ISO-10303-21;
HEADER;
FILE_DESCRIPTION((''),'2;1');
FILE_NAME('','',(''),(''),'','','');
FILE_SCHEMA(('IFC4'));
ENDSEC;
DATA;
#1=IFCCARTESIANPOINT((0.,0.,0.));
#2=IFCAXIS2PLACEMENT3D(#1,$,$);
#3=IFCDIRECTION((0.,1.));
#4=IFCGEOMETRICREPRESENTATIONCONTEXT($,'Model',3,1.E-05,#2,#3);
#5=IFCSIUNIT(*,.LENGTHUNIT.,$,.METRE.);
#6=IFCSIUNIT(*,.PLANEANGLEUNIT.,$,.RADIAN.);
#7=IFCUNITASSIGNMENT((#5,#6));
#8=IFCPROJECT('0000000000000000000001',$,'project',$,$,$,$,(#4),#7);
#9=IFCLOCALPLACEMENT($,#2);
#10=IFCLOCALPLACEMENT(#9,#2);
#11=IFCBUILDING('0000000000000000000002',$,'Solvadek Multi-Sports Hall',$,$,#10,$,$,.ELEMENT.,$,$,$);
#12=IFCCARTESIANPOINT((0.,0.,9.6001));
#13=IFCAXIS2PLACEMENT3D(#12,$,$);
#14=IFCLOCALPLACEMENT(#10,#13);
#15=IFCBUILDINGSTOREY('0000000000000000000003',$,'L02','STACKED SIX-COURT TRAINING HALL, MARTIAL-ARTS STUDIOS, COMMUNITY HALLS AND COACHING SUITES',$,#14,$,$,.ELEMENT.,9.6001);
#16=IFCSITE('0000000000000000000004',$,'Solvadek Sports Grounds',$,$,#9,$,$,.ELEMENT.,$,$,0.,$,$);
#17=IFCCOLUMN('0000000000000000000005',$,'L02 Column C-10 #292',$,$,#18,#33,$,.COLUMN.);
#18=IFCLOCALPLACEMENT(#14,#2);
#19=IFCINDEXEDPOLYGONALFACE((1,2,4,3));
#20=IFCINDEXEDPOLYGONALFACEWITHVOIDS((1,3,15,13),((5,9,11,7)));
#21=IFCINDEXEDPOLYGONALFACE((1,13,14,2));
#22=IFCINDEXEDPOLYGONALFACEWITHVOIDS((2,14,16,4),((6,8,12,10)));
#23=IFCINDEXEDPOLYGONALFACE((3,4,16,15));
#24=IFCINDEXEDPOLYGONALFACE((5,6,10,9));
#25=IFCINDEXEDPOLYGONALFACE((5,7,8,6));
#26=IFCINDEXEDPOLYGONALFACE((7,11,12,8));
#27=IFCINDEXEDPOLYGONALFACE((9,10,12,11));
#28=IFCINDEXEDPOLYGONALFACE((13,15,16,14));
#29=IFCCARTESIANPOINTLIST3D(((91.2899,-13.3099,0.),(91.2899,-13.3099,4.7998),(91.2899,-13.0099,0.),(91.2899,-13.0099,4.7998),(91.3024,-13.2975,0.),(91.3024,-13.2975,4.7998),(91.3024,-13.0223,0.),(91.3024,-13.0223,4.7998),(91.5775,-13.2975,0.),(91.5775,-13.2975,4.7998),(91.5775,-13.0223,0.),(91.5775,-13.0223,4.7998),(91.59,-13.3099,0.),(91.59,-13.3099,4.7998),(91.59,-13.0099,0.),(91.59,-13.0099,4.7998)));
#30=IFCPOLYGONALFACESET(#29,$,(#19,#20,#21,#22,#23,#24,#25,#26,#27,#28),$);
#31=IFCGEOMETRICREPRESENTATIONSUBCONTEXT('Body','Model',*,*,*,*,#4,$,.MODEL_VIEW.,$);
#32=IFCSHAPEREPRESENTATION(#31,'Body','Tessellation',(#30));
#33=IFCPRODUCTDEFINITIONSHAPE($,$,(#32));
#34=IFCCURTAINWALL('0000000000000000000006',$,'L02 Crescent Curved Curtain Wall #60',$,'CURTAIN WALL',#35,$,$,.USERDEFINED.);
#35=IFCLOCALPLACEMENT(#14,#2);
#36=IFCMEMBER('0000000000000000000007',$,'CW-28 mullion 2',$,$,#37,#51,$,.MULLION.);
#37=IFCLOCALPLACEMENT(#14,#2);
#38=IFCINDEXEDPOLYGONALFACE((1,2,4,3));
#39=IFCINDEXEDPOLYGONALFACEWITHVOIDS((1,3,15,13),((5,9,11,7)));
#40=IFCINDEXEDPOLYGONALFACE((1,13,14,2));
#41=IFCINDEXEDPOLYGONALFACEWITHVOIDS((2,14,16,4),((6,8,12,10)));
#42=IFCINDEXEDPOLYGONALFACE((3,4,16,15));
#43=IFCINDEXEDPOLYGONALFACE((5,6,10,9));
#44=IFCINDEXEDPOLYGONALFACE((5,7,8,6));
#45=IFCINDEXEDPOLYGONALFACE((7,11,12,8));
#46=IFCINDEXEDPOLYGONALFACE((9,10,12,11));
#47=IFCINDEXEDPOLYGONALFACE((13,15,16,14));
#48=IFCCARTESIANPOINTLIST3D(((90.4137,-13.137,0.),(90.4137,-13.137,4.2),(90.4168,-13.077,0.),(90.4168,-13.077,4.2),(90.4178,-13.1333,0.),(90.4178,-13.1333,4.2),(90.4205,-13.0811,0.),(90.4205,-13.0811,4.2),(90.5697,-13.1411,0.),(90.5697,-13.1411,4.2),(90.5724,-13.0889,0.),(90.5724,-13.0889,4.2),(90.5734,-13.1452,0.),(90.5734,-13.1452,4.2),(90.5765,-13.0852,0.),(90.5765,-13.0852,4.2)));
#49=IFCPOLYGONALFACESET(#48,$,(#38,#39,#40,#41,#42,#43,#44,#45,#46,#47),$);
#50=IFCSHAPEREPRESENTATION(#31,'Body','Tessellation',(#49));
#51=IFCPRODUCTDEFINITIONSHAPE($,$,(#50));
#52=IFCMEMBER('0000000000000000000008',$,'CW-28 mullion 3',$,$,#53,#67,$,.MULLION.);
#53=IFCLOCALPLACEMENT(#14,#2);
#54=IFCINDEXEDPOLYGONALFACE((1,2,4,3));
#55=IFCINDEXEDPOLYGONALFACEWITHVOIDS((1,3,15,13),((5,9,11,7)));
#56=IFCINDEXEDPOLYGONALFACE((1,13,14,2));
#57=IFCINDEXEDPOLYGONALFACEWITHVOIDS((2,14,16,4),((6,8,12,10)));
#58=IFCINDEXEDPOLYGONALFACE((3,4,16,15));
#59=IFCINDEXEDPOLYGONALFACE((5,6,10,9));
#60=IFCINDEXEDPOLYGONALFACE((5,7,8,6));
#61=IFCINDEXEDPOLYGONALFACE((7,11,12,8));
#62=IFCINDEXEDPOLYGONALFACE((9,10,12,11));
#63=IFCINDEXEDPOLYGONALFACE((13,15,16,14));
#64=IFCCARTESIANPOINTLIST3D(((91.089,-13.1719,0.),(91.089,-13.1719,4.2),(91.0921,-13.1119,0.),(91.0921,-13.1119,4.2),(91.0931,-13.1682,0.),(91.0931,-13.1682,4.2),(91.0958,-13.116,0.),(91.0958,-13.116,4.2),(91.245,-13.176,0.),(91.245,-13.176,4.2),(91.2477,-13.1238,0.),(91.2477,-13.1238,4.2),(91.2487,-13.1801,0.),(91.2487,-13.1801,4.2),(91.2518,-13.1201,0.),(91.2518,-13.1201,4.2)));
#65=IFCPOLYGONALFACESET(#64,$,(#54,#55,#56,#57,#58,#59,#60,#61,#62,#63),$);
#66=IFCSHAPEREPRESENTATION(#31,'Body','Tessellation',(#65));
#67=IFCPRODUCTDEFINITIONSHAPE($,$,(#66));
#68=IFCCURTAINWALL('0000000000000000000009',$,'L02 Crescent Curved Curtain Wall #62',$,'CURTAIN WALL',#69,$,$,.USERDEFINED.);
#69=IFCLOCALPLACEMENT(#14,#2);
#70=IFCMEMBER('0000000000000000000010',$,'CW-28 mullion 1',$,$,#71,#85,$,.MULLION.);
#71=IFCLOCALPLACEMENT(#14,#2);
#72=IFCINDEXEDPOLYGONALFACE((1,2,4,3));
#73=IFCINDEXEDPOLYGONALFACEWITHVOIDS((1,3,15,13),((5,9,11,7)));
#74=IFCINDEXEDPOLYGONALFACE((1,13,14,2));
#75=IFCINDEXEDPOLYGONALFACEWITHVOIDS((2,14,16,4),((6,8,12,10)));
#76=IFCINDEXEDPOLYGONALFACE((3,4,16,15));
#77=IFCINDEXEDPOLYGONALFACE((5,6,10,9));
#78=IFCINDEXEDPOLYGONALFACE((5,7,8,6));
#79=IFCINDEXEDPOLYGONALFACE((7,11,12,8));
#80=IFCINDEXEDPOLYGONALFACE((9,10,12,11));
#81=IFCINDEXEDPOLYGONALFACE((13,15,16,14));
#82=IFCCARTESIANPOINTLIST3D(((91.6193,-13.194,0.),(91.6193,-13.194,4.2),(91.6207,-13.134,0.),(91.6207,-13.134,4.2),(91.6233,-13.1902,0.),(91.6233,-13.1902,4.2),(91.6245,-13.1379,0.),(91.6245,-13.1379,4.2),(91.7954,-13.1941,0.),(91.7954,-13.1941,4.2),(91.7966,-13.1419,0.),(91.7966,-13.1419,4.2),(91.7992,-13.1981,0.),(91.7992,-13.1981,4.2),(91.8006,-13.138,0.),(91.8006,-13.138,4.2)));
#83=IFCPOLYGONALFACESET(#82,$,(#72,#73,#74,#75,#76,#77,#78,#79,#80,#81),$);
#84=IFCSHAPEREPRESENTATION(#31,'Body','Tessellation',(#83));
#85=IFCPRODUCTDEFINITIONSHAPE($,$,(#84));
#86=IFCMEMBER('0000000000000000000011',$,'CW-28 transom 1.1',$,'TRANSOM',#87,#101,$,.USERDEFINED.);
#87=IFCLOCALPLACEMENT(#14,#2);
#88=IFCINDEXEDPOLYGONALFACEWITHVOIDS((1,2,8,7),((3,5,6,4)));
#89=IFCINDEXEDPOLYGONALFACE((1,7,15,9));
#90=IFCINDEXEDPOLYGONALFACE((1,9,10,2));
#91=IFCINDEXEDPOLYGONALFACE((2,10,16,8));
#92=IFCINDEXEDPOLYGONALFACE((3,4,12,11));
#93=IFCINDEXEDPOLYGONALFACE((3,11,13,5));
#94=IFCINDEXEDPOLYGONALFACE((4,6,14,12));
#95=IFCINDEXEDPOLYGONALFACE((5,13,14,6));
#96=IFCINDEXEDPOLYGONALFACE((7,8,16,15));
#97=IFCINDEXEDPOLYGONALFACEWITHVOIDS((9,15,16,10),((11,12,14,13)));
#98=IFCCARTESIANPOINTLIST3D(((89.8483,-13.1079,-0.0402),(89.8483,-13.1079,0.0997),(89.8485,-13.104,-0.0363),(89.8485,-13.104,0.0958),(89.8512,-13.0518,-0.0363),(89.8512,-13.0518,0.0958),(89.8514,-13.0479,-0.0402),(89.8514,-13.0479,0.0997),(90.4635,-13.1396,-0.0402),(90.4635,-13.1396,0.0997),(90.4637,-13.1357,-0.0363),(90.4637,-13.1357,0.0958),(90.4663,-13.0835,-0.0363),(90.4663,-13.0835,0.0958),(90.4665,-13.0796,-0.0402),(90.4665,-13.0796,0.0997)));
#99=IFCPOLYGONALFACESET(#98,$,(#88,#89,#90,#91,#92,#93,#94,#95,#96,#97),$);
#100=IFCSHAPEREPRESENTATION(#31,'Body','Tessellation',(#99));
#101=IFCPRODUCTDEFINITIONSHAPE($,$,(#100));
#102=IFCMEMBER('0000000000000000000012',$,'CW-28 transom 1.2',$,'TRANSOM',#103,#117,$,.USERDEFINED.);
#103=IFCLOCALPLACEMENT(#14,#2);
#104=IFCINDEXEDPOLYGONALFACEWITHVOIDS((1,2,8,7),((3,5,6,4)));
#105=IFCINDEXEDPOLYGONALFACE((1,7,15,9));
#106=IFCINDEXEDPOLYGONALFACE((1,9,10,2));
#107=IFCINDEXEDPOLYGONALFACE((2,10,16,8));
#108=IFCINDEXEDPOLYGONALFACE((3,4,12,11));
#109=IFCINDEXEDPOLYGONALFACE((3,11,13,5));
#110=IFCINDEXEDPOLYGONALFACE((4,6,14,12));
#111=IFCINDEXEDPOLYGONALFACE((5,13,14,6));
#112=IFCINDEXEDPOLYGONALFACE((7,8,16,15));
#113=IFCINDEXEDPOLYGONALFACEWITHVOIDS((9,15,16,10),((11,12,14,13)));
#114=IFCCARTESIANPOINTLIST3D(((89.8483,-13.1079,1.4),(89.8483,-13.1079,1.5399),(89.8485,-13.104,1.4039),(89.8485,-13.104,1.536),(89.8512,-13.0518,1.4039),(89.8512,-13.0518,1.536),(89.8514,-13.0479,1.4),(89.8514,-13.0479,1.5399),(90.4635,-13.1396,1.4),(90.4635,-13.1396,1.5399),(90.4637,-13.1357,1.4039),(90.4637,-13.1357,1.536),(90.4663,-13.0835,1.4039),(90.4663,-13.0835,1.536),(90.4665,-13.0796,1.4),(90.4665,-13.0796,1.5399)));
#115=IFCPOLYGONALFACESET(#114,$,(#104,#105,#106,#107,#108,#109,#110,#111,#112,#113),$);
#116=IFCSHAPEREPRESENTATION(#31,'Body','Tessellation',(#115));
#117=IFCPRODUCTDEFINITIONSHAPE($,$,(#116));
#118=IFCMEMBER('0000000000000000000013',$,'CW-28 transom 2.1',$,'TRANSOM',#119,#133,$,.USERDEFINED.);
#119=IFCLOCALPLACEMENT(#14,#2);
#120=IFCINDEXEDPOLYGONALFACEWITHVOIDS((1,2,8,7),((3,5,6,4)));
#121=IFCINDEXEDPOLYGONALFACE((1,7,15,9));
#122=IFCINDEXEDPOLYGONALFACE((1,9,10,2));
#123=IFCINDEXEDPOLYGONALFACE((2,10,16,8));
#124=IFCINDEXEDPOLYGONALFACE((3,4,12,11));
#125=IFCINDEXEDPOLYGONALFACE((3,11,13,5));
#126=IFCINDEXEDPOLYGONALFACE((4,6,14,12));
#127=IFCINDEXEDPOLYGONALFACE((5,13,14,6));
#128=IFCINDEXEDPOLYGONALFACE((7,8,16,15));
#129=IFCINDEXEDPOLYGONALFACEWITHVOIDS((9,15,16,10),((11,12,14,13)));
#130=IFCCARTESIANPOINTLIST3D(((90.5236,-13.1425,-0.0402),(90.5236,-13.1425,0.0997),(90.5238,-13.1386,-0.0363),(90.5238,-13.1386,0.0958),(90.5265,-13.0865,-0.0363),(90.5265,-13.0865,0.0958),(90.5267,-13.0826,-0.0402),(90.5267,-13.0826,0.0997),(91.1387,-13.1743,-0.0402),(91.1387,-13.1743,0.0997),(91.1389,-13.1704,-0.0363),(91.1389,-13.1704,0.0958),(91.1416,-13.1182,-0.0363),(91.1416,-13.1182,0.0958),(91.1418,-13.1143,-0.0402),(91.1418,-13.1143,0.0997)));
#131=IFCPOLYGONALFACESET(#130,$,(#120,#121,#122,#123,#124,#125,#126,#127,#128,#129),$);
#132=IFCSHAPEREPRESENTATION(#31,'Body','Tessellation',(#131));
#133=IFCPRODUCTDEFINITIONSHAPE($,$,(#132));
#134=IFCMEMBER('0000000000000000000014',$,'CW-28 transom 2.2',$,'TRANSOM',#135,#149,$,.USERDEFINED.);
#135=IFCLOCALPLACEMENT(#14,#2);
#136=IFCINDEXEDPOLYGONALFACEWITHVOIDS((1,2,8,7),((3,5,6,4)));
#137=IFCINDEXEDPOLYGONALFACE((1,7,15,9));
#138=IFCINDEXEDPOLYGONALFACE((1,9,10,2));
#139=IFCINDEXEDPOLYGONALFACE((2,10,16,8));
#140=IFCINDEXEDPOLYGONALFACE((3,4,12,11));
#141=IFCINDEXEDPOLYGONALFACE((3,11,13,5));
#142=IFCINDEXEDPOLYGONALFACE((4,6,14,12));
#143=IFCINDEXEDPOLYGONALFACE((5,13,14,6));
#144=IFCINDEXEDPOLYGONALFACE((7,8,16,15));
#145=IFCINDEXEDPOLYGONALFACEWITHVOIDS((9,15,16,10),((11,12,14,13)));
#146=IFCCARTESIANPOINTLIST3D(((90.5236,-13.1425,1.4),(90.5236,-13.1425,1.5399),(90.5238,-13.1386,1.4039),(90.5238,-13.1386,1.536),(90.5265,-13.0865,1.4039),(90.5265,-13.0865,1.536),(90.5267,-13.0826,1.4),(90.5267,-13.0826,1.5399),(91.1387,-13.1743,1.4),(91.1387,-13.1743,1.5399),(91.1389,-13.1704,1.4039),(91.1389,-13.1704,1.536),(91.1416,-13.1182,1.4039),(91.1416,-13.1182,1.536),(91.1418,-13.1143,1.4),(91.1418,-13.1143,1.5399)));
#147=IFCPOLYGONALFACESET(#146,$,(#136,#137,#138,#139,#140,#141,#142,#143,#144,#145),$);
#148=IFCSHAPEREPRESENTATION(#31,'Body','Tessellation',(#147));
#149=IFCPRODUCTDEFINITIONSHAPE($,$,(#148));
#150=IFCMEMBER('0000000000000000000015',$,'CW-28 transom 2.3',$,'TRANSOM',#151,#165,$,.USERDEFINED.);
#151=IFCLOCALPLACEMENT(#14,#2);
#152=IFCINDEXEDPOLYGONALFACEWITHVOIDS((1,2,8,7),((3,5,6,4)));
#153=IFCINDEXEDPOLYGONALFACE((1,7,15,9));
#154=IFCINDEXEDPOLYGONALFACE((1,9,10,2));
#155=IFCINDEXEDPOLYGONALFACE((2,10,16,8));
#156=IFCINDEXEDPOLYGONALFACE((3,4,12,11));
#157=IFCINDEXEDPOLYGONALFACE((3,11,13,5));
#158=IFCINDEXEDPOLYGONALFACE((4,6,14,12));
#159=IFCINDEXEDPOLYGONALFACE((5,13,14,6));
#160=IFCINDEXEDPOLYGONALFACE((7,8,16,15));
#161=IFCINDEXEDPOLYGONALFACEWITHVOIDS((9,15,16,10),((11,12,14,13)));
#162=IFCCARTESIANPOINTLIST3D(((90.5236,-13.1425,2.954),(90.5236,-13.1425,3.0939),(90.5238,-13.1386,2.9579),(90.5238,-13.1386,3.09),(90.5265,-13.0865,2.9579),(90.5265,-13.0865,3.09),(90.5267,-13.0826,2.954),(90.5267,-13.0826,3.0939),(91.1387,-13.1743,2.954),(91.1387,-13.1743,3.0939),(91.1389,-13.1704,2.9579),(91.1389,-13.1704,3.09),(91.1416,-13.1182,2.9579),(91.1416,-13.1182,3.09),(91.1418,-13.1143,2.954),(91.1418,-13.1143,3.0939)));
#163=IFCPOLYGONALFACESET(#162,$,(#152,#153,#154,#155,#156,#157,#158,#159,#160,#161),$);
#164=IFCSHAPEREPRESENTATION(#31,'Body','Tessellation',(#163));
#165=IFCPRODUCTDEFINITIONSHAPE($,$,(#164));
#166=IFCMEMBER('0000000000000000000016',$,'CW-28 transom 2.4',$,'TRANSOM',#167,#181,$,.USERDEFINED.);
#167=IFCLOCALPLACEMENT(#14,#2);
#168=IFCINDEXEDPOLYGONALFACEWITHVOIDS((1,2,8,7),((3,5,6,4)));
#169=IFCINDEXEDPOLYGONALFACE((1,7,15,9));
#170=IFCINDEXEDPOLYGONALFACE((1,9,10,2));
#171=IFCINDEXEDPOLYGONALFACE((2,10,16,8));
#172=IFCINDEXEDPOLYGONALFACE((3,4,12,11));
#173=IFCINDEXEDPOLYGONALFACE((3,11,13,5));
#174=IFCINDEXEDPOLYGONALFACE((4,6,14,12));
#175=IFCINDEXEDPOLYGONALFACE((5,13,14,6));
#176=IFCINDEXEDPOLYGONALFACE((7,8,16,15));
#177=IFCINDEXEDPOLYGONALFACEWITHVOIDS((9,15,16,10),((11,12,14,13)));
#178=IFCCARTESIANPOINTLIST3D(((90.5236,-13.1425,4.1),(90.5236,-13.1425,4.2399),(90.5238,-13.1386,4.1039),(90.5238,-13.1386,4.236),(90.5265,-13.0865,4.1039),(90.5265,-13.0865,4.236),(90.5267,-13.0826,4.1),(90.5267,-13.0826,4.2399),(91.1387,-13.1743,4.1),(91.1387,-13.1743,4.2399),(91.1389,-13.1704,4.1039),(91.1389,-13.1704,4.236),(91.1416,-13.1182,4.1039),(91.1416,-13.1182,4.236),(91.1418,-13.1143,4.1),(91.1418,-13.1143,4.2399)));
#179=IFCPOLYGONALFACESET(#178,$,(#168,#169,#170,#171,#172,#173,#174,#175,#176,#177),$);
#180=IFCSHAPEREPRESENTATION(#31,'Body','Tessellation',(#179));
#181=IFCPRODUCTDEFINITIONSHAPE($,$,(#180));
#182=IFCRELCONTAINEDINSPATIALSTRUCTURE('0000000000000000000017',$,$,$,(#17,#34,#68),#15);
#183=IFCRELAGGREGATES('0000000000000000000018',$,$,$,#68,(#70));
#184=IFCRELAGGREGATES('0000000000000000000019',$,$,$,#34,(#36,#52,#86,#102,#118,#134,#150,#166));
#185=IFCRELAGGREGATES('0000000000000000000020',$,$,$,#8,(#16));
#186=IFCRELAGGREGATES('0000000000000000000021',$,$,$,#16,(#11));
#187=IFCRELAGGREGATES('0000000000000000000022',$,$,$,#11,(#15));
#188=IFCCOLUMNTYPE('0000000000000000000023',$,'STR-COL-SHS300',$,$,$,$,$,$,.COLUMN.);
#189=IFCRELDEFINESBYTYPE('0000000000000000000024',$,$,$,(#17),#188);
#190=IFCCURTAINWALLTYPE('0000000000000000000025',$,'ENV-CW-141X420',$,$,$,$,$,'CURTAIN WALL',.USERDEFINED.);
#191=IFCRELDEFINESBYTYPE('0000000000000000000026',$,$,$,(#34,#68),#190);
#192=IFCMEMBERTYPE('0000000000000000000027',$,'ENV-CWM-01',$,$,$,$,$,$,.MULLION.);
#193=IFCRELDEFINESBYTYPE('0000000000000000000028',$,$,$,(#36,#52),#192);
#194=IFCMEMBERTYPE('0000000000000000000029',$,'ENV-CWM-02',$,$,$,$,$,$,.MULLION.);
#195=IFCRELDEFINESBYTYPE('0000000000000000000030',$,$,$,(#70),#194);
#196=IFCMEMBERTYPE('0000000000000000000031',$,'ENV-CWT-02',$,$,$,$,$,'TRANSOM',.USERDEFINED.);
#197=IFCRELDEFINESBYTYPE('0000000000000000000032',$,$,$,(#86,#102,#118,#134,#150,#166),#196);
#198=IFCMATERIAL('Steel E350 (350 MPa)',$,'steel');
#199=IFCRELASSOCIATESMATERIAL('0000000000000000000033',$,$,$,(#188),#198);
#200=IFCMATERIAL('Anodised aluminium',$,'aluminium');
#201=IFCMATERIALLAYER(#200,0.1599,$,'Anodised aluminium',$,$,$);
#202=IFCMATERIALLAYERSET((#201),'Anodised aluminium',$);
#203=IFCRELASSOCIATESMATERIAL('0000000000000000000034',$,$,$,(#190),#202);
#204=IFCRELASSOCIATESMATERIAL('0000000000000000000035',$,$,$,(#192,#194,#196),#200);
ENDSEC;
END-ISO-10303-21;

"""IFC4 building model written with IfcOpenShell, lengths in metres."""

from ifc_helpers import new_model, si_unit, direction, frame, origin, origin_2d, place, context, subcontext, project, spatial, hollow_rectangle, extrude, material, layer, layer_set, material_profile, profile_set, type_object, element, aggregate, save


model = new_model("IFC4")

# Units and contexts
model_context = context("Model", 3, precision=1e-05, world=origin(), true_north=direction((0.0, 1.0)))
body_context = subcontext(model_context, "Body", "Model", "MODEL_VIEW")
ifc_project = project(units=[si_unit("LENGTHUNIT", "METRE"), si_unit("PLANEANGLEUNIT", "RADIAN")], contexts=[model_context])

# Site, building, storey
site_placement = place(None, origin())
site = spatial("IfcSite", under=ifc_project, at=site_placement, Name="Solvadek Sports Grounds", CompositionType="ELEMENT", RefElevation=0.0)
building_placement = place(site_placement, origin())
building = spatial("IfcBuilding", under=site, at=building_placement, Name="Solvadek Multi-Sports Hall", CompositionType="ELEMENT")
storey_placement = place(building_placement, frame((0.0, 0.0, 9.6001)))
storey = spatial("IfcBuildingStorey", under=building, at=storey_placement, Name="L02", Description="STACKED SIX-COURT TRAINING HALL, MARTIAL-ARTS STUDIOS, COMMUNITY HALLS AND COACHING SUITES", CompositionType="ELEMENT", Elevation=9.6001)

# Column
ifc_material_1 = material(Name="Steel E350 (350 MPa)", Category="steel")
ifc_material_profile_1 = material_profile(ifc_material_1, hollow_rectangle(XDim=0.3, YDim=0.3, WallThickness=0.0125, at=origin_2d()), Name="SHS 300x300x12.5")
ifc_profile_set_1 = profile_set([ifc_material_profile_1], Name="Steel E350 (350 MPa)")
column_type = type_object("IfcColumnType", Name="STR-COL-SHS300", PredefinedType="COLUMN", material=ifc_profile_set_1)
column_placement = place(storey_placement, frame((91.4399, -13.1599, 0.0), z_axis=(0.0, 0.0, 1.0), x_axis=(1.0, 0.0, 0.0)))
element("IfcColumn", 1, at=column_placement, inside=storey, type_object=column_type, Name="L02 Column C-10 #292", PredefinedType="COLUMN", context=body_context, shape_type="SweptSolid", body=[
    extrude(hollow_rectangle(XDim=0.3, YDim=0.3, WallThickness=0.0125, at=origin_2d()), origin(), (0.0, 0.0, 1.0), 4.7998),
])

# Curtain wall, members
ifc_material_2 = material(Name="Anodised aluminium", Category="aluminium")
ifc_layer_1 = layer(ifc_material_2, 0.1599, Name="Anodised aluminium")
ifc_layer_set_1 = layer_set([ifc_layer_1], Name="Anodised aluminium")
curtain_wall_type = type_object("IfcCurtainWallType", Name="ENV-CW-141X420", ElementType="CURTAIN WALL", PredefinedType="USERDEFINED", material=ifc_layer_set_1)
curtain_wall_1_placement = place(storey_placement, origin())
curtain_wall_1 = element("IfcCurtainWall", 2, at=curtain_wall_1_placement, inside=storey, type_object=curtain_wall_type, Name="L02 Crescent Curved Curtain Wall #60", ObjectType="CURTAIN WALL", PredefinedType="USERDEFINED")
ifc_material_profile_2 = material_profile(ifc_material_2, hollow_rectangle(XDim=0.0601, YDim=0.1599, WallThickness=0.0039, at=origin_2d()), Name="ALU-M 160x60x4")
ifc_profile_set_2 = profile_set([ifc_material_profile_2], Name="Anodised aluminium")
member_type_1 = type_object("IfcMemberType", Name="ENV-CWM-01", PredefinedType="MULLION", material=ifc_profile_set_2)
member_1_placement = place(storey_placement, frame((90.4951, -13.1111, 0.0), z_axis=(0.0, 0.0, 1.0), x_axis=(0.051552, 0.99867, 0.0)))
member_1 = element("IfcMember", 3, at=member_1_placement, type_object=member_type_1, Name="CW-28 mullion 2", PredefinedType="MULLION", context=body_context, shape_type="SweptSolid", body=[
    extrude(hollow_rectangle(XDim=0.0601, YDim=0.1599, WallThickness=0.0039, at=origin_2d()), origin(), (0.0, 0.0, 1.0), 4.2),
])
member_2_placement = place(storey_placement, frame((91.1704, -13.146, 0.0), z_axis=(0.0, 0.0, 1.0), x_axis=(0.051552, 0.99867, 0.0)))
member_2 = element("IfcMember", 4, at=member_2_placement, type_object=member_type_1, Name="CW-28 mullion 3", PredefinedType="MULLION", context=body_context, shape_type="SweptSolid", body=[
    extrude(hollow_rectangle(XDim=0.0601, YDim=0.1599, WallThickness=0.0039, at=origin_2d()), origin(), (0.0, 0.0, 1.0), 4.2),
])

# Curtain wall, member
curtain_wall_2_placement = place(storey_placement, origin())
curtain_wall_2 = element("IfcCurtainWall", 5, at=curtain_wall_2_placement, inside=storey, type_object=curtain_wall_type, Name="L02 Crescent Curved Curtain Wall #62", ObjectType="CURTAIN WALL", PredefinedType="USERDEFINED")
ifc_material_profile_3 = material_profile(ifc_material_2, hollow_rectangle(XDim=0.0601, YDim=0.1799, WallThickness=0.0039, at=origin_2d()), Name="ALU-M 180x60x4")
ifc_profile_set_3 = profile_set([ifc_material_profile_3], Name="Anodised aluminium")
member_type_2 = type_object("IfcMemberType", Name="ENV-CWM-02", PredefinedType="MULLION", material=ifc_profile_set_3)
member_3_placement = place(storey_placement, frame((91.71, -13.166, 0.0), z_axis=(0.0, 0.0, 1.0), x_axis=(0.022688, 0.999743, 0.0)))
member_3 = element("IfcMember", 6, at=member_3_placement, type_object=member_type_2, Name="CW-28 mullion 1", PredefinedType="MULLION", context=body_context, shape_type="SweptSolid", body=[
    extrude(hollow_rectangle(XDim=0.0601, YDim=0.1799, WallThickness=0.0039, at=origin_2d()), origin(), (0.0, 0.0, 1.0), 4.2),
])

# Members
ifc_material_profile_4 = material_profile(ifc_material_2, hollow_rectangle(XDim=0.0601, YDim=0.1399, WallThickness=0.0039, at=origin_2d()), Name="ALU-T 140x60x4")
ifc_profile_set_4 = profile_set([ifc_material_profile_4], Name="Anodised aluminium")
member_type_3 = type_object("IfcMemberType", Name="ENV-CWT-02", ElementType="TRANSOM", PredefinedType="USERDEFINED", material=ifc_profile_set_4)
member_4_placement = place(storey_placement, frame((89.8499, -13.0779, 0.0298), z_axis=(0.998672, -0.051519, 0.0), x_axis=(0.051519, 0.998672, 0.0)))
member_4 = element("IfcMember", 7, at=member_4_placement, type_object=member_type_3, Name="CW-28 transom 1.1", ObjectType="TRANSOM", PredefinedType="USERDEFINED", context=body_context, shape_type="SweptSolid", body=[
    extrude(hollow_rectangle(XDim=0.0601, YDim=0.1399, WallThickness=0.0039, at=origin_2d()), origin(), (0.0, 0.0, 1.0), 0.616),
])
member_5_placement = place(storey_placement, frame((89.8499, -13.0779, 1.47), z_axis=(0.998672, -0.051519, 0.0), x_axis=(0.051519, 0.998672, 0.0)))
member_5 = element("IfcMember", 8, at=member_5_placement, type_object=member_type_3, Name="CW-28 transom 1.2", ObjectType="TRANSOM", PredefinedType="USERDEFINED", context=body_context, shape_type="SweptSolid", body=[
    extrude(hollow_rectangle(XDim=0.0601, YDim=0.1399, WallThickness=0.0039, at=origin_2d()), origin(), (0.0, 0.0, 1.0), 0.616),
])
member_6_placement = place(storey_placement, frame((90.5251, -13.1125, 0.0298), z_axis=(0.998672, -0.051519, 0.0), x_axis=(0.051519, 0.998672, 0.0)))
member_6 = element("IfcMember", 9, at=member_6_placement, type_object=member_type_3, Name="CW-28 transom 2.1", ObjectType="TRANSOM", PredefinedType="USERDEFINED", context=body_context, shape_type="SweptSolid", body=[
    extrude(hollow_rectangle(XDim=0.0601, YDim=0.1399, WallThickness=0.0039, at=origin_2d()), origin(), (0.0, 0.0, 1.0), 0.616),
])
member_7_placement = place(storey_placement, frame((90.5251, -13.1125, 1.47), z_axis=(0.998672, -0.051519, 0.0), x_axis=(0.051519, 0.998672, 0.0)))
member_7 = element("IfcMember", 10, at=member_7_placement, type_object=member_type_3, Name="CW-28 transom 2.2", ObjectType="TRANSOM", PredefinedType="USERDEFINED", context=body_context, shape_type="SweptSolid", body=[
    extrude(hollow_rectangle(XDim=0.0601, YDim=0.1399, WallThickness=0.0039, at=origin_2d()), origin(), (0.0, 0.0, 1.0), 0.616),
])
member_8_placement = place(storey_placement, frame((90.5251, -13.1125, 3.0239), z_axis=(0.998672, -0.051519, 0.0), x_axis=(0.051519, 0.998672, 0.0)))
member_8 = element("IfcMember", 11, at=member_8_placement, type_object=member_type_3, Name="CW-28 transom 2.3", ObjectType="TRANSOM", PredefinedType="USERDEFINED", context=body_context, shape_type="SweptSolid", body=[
    extrude(hollow_rectangle(XDim=0.0601, YDim=0.1399, WallThickness=0.0039, at=origin_2d()), origin(), (0.0, 0.0, 1.0), 0.616),
])
member_9_placement = place(storey_placement, frame((90.5251, -13.1125, 4.1699), z_axis=(0.998672, -0.051519, 0.0), x_axis=(0.051519, 0.998672, 0.0)))
member_9 = element("IfcMember", 12, at=member_9_placement, type_object=member_type_3, Name="CW-28 transom 2.4", ObjectType="TRANSOM", PredefinedType="USERDEFINED", context=body_context, shape_type="SweptSolid", body=[
    extrude(hollow_rectangle(XDim=0.0601, YDim=0.1399, WallThickness=0.0039, at=origin_2d()), origin(), (0.0, 0.0, 1.0), 0.616),
])
aggregate(curtain_wall_2, [member_3])

aggregate(curtain_wall_1, [member_1, member_2, member_4, member_5, member_6, member_7, member_8, member_9])

save(model, "model.ifc")
